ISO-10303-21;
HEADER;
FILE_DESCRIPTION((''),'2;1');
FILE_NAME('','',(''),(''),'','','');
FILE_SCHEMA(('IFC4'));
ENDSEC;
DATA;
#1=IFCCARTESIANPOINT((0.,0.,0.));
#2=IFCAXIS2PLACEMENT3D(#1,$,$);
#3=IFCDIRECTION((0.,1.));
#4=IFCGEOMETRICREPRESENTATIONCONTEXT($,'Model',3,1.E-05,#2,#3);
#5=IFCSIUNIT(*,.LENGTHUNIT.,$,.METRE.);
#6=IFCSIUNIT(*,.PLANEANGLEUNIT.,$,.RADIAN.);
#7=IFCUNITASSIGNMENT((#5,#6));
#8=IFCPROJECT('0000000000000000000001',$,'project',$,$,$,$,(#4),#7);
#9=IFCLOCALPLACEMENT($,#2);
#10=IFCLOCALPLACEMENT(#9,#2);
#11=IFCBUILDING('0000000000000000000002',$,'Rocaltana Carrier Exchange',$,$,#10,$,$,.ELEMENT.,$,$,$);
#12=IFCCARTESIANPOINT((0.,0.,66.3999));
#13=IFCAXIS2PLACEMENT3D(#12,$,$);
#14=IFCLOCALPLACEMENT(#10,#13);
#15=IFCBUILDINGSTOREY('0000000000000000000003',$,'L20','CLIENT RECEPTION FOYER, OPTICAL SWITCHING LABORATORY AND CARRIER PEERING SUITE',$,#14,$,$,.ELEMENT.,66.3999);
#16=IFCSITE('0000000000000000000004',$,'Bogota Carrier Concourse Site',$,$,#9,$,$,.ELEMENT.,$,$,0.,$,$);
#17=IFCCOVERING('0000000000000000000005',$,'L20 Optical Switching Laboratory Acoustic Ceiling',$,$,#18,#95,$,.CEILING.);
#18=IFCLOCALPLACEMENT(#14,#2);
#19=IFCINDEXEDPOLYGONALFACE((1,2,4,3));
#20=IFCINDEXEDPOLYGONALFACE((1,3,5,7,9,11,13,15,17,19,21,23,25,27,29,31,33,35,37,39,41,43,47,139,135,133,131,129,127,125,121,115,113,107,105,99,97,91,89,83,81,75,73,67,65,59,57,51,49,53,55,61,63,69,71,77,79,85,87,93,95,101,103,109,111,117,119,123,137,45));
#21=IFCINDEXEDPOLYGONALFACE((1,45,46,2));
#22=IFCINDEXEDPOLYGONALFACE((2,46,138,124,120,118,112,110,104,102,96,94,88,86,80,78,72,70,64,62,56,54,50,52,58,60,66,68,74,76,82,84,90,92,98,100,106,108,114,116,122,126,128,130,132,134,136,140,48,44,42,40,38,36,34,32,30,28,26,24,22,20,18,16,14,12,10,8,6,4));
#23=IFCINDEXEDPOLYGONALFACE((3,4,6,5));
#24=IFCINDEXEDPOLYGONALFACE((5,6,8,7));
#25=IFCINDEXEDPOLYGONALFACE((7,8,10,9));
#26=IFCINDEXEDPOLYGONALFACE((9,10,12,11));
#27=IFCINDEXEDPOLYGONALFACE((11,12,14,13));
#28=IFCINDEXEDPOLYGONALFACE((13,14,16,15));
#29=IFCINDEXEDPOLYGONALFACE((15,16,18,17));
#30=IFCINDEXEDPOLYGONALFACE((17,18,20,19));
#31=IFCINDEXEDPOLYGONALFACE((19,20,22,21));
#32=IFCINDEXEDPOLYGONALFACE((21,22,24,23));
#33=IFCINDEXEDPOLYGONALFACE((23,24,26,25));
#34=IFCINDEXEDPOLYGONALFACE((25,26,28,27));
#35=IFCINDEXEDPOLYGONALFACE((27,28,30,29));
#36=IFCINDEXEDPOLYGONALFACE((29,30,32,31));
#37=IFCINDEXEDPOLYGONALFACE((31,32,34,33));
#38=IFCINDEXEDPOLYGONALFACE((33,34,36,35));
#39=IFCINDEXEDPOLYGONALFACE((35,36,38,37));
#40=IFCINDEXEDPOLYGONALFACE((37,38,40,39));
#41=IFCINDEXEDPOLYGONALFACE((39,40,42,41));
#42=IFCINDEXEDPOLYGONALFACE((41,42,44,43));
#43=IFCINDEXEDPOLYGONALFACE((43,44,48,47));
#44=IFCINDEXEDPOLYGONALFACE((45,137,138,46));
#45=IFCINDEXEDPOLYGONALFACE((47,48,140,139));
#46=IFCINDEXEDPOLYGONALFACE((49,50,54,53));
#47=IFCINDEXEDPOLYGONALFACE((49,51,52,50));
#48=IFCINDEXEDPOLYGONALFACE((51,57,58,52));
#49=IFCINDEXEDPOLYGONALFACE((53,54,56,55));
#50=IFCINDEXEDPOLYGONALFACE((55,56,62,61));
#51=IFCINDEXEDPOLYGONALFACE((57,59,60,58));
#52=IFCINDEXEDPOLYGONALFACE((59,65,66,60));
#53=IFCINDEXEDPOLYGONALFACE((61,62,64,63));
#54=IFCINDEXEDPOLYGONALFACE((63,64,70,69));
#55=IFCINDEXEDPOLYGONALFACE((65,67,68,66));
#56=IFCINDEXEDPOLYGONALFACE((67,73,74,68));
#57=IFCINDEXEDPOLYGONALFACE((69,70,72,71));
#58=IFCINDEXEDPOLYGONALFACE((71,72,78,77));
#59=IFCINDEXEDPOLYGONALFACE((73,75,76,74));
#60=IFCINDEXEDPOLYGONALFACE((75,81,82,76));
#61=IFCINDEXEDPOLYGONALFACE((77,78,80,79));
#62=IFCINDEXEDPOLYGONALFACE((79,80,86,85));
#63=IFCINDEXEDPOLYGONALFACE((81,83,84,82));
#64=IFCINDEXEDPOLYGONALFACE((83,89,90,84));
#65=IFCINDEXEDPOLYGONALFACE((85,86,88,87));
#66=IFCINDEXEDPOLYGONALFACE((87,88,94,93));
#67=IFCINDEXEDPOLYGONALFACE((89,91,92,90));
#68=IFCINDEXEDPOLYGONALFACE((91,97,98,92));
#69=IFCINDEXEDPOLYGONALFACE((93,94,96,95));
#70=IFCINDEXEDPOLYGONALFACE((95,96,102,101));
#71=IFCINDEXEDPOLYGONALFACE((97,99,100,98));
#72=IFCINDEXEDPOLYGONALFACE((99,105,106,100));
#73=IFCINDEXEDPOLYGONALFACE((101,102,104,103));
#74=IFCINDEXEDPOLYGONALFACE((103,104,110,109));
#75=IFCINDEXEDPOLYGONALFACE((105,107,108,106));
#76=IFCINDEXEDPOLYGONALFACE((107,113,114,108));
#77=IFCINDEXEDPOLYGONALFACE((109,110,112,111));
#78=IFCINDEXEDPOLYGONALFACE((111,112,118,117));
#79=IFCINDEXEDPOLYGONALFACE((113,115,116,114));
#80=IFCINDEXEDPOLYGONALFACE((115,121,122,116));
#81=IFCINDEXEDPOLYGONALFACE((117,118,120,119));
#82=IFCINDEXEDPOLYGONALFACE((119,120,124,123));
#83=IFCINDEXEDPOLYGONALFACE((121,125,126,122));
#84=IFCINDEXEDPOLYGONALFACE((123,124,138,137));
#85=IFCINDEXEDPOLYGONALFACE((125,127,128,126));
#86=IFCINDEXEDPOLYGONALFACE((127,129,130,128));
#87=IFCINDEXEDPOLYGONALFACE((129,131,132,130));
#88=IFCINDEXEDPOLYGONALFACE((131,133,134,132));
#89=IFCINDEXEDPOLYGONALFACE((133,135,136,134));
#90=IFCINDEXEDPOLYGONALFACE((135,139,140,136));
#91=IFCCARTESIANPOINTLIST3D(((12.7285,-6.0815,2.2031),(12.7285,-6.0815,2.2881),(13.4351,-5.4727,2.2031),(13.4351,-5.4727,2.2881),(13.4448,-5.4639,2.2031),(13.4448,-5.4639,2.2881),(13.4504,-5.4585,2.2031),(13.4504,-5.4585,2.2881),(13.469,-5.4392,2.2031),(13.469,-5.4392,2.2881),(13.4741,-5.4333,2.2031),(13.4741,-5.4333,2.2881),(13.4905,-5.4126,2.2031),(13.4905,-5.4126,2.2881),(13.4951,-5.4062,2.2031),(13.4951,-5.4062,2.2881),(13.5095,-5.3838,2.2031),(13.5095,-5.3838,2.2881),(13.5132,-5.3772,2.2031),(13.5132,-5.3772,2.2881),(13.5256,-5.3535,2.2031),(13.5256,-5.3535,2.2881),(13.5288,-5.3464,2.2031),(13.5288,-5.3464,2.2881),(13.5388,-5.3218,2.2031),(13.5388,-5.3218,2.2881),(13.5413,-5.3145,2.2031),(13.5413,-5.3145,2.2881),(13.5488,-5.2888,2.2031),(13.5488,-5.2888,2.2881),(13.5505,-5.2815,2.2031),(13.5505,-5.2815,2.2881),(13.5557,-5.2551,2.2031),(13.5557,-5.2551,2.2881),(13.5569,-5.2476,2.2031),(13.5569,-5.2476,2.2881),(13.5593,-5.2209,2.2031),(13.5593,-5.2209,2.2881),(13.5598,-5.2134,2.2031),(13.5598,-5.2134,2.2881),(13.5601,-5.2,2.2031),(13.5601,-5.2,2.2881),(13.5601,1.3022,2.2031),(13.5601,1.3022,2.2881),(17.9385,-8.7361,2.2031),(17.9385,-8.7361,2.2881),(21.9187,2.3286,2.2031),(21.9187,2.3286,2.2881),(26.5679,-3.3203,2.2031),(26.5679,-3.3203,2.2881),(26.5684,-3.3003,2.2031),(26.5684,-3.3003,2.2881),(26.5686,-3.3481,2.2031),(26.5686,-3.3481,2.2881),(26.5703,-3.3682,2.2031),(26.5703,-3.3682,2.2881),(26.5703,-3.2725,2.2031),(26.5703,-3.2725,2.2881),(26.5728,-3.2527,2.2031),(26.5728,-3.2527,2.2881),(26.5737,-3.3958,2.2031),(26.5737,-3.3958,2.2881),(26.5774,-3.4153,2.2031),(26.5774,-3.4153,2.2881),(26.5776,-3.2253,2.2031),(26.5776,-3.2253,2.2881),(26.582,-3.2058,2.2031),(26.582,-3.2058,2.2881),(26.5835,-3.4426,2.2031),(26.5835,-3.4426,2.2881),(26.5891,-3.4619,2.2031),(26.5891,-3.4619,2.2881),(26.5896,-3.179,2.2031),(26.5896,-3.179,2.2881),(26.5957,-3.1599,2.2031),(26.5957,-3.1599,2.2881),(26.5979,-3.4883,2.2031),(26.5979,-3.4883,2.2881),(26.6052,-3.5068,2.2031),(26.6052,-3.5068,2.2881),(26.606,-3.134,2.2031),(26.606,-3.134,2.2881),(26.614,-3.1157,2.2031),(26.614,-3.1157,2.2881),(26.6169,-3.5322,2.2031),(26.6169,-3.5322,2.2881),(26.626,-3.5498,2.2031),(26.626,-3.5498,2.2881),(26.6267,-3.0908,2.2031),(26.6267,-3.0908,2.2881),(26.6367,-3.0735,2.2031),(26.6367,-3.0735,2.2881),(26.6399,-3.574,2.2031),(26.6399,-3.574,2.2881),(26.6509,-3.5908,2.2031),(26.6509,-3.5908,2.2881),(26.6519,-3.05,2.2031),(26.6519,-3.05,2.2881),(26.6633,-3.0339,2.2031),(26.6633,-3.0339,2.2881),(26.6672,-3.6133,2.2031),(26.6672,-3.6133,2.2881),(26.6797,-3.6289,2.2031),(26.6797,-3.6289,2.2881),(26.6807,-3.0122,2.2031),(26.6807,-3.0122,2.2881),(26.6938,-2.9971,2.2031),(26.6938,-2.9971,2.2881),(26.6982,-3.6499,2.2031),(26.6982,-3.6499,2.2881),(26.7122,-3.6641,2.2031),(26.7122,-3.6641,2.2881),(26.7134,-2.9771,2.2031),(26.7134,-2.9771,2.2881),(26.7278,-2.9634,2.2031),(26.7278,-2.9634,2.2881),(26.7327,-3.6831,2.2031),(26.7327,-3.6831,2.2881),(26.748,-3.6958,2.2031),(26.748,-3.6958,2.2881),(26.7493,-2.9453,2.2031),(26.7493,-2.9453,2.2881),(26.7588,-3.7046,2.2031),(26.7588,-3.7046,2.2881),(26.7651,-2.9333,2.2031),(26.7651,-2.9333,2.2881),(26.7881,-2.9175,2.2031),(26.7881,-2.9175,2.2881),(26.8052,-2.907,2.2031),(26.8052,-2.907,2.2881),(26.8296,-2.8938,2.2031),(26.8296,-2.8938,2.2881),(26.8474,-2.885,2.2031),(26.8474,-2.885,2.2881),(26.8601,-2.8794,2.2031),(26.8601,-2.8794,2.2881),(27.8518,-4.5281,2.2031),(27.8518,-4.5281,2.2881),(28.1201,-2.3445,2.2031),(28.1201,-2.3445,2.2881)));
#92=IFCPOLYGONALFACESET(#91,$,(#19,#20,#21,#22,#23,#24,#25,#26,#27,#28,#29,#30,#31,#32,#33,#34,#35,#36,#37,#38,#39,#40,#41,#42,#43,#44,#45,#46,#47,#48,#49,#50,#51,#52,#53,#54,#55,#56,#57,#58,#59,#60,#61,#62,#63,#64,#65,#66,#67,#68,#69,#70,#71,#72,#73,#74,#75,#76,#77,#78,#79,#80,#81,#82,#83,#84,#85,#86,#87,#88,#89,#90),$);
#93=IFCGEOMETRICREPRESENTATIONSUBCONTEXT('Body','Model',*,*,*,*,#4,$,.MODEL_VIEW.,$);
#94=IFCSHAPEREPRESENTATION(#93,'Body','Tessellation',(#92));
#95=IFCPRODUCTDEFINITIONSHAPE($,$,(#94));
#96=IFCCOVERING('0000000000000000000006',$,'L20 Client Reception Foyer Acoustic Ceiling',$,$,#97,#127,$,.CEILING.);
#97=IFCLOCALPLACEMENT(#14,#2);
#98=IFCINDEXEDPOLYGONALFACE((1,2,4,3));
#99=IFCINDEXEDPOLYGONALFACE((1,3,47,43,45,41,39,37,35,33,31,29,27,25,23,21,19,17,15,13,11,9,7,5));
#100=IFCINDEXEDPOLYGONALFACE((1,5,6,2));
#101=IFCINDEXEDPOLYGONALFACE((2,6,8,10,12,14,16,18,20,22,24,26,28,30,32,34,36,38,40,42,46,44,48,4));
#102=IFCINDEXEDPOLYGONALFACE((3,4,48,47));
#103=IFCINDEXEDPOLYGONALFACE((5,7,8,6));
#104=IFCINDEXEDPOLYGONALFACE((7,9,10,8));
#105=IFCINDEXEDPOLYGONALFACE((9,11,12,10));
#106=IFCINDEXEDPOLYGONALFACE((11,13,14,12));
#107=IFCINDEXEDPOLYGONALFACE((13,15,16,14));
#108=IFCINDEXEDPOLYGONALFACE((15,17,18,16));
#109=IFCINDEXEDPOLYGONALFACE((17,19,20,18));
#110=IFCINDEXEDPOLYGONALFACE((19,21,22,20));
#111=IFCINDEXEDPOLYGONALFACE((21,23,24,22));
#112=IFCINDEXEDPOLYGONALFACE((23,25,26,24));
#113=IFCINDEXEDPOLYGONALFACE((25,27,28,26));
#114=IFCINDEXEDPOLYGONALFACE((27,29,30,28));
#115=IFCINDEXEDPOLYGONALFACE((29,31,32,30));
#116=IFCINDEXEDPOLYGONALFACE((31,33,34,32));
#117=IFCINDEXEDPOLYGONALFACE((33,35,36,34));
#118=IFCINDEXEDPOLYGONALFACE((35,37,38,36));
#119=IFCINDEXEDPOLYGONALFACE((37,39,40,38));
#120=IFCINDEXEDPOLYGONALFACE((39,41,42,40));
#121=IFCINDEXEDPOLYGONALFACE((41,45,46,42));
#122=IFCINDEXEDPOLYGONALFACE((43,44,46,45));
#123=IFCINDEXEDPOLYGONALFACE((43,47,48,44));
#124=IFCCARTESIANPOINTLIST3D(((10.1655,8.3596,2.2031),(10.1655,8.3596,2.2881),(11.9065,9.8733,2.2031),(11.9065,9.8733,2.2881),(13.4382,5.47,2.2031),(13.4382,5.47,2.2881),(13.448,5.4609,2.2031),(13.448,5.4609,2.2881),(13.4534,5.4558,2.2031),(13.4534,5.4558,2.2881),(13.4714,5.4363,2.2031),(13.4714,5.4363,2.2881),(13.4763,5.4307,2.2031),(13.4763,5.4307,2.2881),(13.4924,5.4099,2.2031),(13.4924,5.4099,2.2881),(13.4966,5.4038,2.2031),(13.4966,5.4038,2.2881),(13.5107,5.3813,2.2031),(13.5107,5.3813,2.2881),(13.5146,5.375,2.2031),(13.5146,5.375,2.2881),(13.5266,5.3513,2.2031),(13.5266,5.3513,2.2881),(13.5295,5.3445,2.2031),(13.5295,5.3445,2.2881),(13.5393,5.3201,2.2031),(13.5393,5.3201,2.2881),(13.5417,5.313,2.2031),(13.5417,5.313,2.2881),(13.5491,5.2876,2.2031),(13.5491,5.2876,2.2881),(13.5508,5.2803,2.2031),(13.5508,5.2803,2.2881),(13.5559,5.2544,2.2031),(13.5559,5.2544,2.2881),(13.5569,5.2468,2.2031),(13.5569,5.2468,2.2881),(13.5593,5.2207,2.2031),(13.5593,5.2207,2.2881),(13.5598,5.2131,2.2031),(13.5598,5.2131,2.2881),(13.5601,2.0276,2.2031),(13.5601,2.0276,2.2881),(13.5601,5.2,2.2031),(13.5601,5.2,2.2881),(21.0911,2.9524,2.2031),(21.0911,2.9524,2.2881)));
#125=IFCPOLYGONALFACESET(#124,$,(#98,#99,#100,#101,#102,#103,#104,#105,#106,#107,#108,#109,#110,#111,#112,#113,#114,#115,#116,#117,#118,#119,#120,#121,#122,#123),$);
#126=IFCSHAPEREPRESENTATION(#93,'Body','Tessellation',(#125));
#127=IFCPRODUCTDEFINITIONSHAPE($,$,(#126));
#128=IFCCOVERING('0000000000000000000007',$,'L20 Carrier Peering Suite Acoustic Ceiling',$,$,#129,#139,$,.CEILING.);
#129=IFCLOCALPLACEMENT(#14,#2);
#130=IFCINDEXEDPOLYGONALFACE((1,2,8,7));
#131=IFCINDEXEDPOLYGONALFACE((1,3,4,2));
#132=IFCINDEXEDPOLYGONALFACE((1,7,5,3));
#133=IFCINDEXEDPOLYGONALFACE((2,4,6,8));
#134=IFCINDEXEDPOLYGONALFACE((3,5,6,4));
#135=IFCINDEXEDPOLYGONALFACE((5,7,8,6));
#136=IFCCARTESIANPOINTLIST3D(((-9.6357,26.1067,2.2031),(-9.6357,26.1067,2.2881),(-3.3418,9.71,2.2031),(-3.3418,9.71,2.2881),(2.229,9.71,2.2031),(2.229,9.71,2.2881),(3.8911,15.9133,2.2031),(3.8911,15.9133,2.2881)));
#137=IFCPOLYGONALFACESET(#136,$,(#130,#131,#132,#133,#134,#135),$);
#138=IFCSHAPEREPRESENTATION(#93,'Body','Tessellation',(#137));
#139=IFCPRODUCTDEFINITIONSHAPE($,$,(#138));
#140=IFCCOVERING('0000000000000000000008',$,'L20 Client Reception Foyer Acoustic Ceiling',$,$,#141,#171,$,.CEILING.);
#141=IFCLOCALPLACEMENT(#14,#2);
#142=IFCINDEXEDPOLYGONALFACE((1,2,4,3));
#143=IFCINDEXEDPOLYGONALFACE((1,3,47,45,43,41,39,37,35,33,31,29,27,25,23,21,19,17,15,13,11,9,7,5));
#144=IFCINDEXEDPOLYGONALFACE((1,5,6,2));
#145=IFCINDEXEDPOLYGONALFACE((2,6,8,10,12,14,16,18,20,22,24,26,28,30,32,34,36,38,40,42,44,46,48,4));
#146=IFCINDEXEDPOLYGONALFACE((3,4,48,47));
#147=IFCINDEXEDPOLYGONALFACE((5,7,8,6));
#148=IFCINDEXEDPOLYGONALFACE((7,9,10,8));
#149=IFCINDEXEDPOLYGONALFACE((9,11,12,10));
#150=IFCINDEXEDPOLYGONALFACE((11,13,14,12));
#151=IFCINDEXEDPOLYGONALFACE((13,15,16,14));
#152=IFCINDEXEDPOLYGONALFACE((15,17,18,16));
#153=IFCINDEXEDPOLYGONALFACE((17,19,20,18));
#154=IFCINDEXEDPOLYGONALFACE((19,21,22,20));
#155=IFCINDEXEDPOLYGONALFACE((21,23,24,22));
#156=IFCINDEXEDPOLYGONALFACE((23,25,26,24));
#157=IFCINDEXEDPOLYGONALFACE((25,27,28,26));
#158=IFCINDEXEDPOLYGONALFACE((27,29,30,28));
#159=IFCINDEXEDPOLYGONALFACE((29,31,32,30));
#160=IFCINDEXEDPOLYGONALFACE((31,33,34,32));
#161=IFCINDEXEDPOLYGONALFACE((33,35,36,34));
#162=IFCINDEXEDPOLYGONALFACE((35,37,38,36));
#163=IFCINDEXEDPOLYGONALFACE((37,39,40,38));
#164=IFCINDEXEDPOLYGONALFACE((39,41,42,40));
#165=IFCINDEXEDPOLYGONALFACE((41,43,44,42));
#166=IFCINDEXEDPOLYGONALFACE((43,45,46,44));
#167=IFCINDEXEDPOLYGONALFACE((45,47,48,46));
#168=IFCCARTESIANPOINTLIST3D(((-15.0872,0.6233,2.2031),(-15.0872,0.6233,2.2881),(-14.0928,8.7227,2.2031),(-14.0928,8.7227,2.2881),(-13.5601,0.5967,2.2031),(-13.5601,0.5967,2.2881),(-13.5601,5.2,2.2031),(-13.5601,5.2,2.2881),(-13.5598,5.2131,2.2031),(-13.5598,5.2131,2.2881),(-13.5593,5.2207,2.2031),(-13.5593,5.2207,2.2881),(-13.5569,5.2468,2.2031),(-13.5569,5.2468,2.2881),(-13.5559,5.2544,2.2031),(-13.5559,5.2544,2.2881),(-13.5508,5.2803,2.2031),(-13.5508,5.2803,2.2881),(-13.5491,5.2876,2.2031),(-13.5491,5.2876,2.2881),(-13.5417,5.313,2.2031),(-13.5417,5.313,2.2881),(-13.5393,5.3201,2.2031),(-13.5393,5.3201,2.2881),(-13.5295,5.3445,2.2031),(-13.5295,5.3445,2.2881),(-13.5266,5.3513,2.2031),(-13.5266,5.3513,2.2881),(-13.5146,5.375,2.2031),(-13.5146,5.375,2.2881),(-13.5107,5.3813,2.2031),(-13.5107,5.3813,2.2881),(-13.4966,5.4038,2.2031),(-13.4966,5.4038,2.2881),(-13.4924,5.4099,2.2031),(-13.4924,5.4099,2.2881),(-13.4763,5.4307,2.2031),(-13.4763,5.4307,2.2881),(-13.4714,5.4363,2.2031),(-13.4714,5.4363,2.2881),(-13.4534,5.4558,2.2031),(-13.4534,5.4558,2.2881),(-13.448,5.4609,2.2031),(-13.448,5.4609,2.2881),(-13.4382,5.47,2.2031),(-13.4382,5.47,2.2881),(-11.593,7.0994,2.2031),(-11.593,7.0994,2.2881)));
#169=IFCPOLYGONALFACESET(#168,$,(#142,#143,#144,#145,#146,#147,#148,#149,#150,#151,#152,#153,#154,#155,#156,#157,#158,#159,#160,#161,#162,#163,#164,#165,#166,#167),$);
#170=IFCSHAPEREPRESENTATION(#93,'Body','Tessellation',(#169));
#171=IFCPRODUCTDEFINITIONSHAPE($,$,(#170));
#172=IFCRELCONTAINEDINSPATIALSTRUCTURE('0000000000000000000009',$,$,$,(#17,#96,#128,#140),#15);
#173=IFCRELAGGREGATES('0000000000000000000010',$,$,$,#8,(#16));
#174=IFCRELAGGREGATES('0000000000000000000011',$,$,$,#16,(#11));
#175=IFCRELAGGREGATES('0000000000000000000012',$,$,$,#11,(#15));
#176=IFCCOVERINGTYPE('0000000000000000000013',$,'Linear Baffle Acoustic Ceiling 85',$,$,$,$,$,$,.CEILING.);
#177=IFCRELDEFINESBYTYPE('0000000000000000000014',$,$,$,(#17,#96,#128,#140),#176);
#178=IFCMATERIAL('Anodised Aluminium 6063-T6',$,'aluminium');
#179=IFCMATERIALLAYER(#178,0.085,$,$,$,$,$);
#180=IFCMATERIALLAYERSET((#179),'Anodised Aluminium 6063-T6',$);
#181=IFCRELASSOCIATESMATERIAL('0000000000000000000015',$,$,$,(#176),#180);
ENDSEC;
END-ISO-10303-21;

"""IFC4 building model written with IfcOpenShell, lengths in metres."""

from ifc_helpers import new_model, si_unit, direction, frame, origin, place, context, subcontext, project, spatial, polyline, outline, extrude, material, layer, layer_set, type_object, element, save


model = new_model("IFC4")

# Units and contexts
model_context = context("Model", 3, precision=1e-05, world=origin(), true_north=direction((0.0, 1.0)))
body_context = subcontext(model_context, "Body", "Model", "MODEL_VIEW")
ifc_project = project(units=[si_unit("LENGTHUNIT", "METRE"), si_unit("PLANEANGLEUNIT", "RADIAN")], contexts=[model_context])

# Site, building, storey
site_placement = place(None, origin())
site = spatial("IfcSite", under=ifc_project, at=site_placement, Name="Bogota Carrier Concourse Site", CompositionType="ELEMENT", RefElevation=0.0)
building_placement = place(site_placement, origin())
building = spatial("IfcBuilding", under=site, at=building_placement, Name="Rocaltana Carrier Exchange", CompositionType="ELEMENT")
storey_placement = place(building_placement, frame((0.0, 0.0, 66.3999)))
storey = spatial("IfcBuildingStorey", under=building, at=storey_placement, Name="L20", Description="CLIENT RECEPTION FOYER, OPTICAL SWITCHING LABORATORY AND CARRIER PEERING SUITE", CompositionType="ELEMENT", Elevation=66.3999)

# Coverings
ifc_material_1 = material(Name="Anodised Aluminium 6063-T6", Category="aluminium")
ifc_layer_1 = layer(ifc_material_1, 0.085)
ifc_layer_set_1 = layer_set([ifc_layer_1], Name="Anodised Aluminium 6063-T6")
covering_type_1 = type_object("IfcCoveringType", Name="Linear Baffle Acoustic Ceiling 85", PredefinedType="CEILING", material=ifc_layer_set_1)
covering_1_placement = place(storey_placement, frame((0.0, 0.0, 2.2031)))
element("IfcCovering", 1, at=covering_1_placement, inside=storey, type_object=covering_type_1, Name="L20 Optical Switching Laboratory Acoustic Ceiling", PredefinedType="CEILING", context=body_context, shape_type="SweptSolid", body=[
    extrude(outline(polyline([(28.1201, -2.3445), (26.8601, -2.8794), (26.8474, -2.885), (26.8296, -2.8938), (26.8052, -2.907), (26.7881, -2.9175), (26.7651, -2.9333), (26.7493, -2.9453), (26.7278, -2.9634), (26.7134, -2.9771), (26.6938, -2.9971), (26.6807, -3.0122), (26.6633, -3.0339), (26.6519, -3.05), (26.6367, -3.0735), (26.6267, -3.0908), (26.614, -3.1157), (26.606, -3.134), (26.5957, -3.1599), (26.5896, -3.179), (26.582, -3.2058), (26.5776, -3.2253), (26.5728, -3.2527), (26.5703, -3.2725), (26.5684, -3.3003), (26.5679, -3.3203), (26.5686, -3.3481), (26.5703, -3.3682), (26.5737, -3.3958), (26.5774, -3.4153), (26.5835, -3.4426), (26.5891, -3.4619), (26.5979, -3.4883), (26.6052, -3.5068), (26.6169, -3.5322), (26.626, -3.5498), (26.6399, -3.574), (26.6509, -3.5908), (26.6672, -3.6133), (26.6797, -3.6289), (26.6982, -3.6499), (26.7122, -3.6641), (26.7327, -3.6831), (26.748, -3.6958), (26.7588, -3.7046), (27.8518, -4.5281), (17.9385, -8.7361), (12.7285, -6.0815), (13.4351, -5.4727), (13.4448, -5.4639), (13.4504, -5.4585), (13.469, -5.4392), (13.4741, -5.4333), (13.4905, -5.4126), (13.4951, -5.4062), (13.5095, -5.3838), (13.5132, -5.3772), (13.5256, -5.3535), (13.5288, -5.3464), (13.5388, -5.3218), (13.5413, -5.3145), (13.5488, -5.2888), (13.5505, -5.2815), (13.5557, -5.2551), (13.5569, -5.2476), (13.5593, -5.2209), (13.5598, -5.2134), (13.5601, -5.2), (13.5601, 1.3022), (21.9187, 2.3286), (28.1201, -2.3445)])), origin(), (0.0, 0.0, 1.0), 0.085),
])
covering_2_placement = place(storey_placement, frame((0.0, 0.0, 2.2031)))
element("IfcCovering", 2, at=covering_2_placement, inside=storey, type_object=covering_type_1, Name="L20 Client Reception Foyer Acoustic Ceiling", PredefinedType="CEILING", context=body_context, shape_type="SweptSolid", body=[
    extrude(outline(polyline([(21.0911, 2.9524), (13.5601, 2.0276), (13.5601, 5.2), (13.5598, 5.2131), (13.5593, 5.2207), (13.5569, 5.2468), (13.5559, 5.2544), (13.5508, 5.2803), (13.5491, 5.2876), (13.5417, 5.313), (13.5393, 5.3201), (13.5295, 5.3445), (13.5266, 5.3513), (13.5146, 5.375), (13.5107, 5.3813), (13.4966, 5.4038), (13.4924, 5.4099), (13.4763, 5.4307), (13.4714, 5.4363), (13.4534, 5.4558), (13.448, 5.4609), (13.4382, 5.47), (10.1655, 8.3596), (11.9065, 9.8733), (21.0911, 2.9524)])), origin(), (0.0, 0.0, 1.0), 0.085),
])
covering_3_placement = place(storey_placement, frame((0.0, 0.0, 2.2031)))
element("IfcCovering", 3, at=covering_3_placement, inside=storey, type_object=covering_type_1, Name="L20 Carrier Peering Suite Acoustic Ceiling", PredefinedType="CEILING", context=body_context, shape_type="SweptSolid", body=[
    extrude(outline(polyline([(-9.6357, 26.1067), (3.8911, 15.9133), (2.229, 9.71), (-3.3418, 9.71), (-9.6357, 26.1067)])), origin(), (0.0, 0.0, 1.0), 0.085),
])
covering_4_placement = place(storey_placement, frame((0.0, 0.0, 2.2031)))
element("IfcCovering", 4, at=covering_4_placement, inside=storey, type_object=covering_type_1, Name="L20 Client Reception Foyer Acoustic Ceiling", PredefinedType="CEILING", context=body_context, shape_type="SweptSolid", body=[
    extrude(outline(polyline([(-14.0928, 8.7227), (-11.593, 7.0994), (-13.4382, 5.47), (-13.448, 5.4609), (-13.4534, 5.4558), (-13.4714, 5.4363), (-13.4763, 5.4307), (-13.4924, 5.4099), (-13.4966, 5.4038), (-13.5107, 5.3813), (-13.5146, 5.375), (-13.5266, 5.3513), (-13.5295, 5.3445), (-13.5393, 5.3201), (-13.5417, 5.313), (-13.5491, 5.2876), (-13.5508, 5.2803), (-13.5559, 5.2544), (-13.5569, 5.2468), (-13.5593, 5.2207), (-13.5598, 5.2131), (-13.5601, 5.2), (-13.5601, 0.5967), (-15.0872, 0.6233), (-14.0928, 8.7227)])), origin(), (0.0, 0.0, 1.0), 0.085),
])

save(model, "model.ifc")
